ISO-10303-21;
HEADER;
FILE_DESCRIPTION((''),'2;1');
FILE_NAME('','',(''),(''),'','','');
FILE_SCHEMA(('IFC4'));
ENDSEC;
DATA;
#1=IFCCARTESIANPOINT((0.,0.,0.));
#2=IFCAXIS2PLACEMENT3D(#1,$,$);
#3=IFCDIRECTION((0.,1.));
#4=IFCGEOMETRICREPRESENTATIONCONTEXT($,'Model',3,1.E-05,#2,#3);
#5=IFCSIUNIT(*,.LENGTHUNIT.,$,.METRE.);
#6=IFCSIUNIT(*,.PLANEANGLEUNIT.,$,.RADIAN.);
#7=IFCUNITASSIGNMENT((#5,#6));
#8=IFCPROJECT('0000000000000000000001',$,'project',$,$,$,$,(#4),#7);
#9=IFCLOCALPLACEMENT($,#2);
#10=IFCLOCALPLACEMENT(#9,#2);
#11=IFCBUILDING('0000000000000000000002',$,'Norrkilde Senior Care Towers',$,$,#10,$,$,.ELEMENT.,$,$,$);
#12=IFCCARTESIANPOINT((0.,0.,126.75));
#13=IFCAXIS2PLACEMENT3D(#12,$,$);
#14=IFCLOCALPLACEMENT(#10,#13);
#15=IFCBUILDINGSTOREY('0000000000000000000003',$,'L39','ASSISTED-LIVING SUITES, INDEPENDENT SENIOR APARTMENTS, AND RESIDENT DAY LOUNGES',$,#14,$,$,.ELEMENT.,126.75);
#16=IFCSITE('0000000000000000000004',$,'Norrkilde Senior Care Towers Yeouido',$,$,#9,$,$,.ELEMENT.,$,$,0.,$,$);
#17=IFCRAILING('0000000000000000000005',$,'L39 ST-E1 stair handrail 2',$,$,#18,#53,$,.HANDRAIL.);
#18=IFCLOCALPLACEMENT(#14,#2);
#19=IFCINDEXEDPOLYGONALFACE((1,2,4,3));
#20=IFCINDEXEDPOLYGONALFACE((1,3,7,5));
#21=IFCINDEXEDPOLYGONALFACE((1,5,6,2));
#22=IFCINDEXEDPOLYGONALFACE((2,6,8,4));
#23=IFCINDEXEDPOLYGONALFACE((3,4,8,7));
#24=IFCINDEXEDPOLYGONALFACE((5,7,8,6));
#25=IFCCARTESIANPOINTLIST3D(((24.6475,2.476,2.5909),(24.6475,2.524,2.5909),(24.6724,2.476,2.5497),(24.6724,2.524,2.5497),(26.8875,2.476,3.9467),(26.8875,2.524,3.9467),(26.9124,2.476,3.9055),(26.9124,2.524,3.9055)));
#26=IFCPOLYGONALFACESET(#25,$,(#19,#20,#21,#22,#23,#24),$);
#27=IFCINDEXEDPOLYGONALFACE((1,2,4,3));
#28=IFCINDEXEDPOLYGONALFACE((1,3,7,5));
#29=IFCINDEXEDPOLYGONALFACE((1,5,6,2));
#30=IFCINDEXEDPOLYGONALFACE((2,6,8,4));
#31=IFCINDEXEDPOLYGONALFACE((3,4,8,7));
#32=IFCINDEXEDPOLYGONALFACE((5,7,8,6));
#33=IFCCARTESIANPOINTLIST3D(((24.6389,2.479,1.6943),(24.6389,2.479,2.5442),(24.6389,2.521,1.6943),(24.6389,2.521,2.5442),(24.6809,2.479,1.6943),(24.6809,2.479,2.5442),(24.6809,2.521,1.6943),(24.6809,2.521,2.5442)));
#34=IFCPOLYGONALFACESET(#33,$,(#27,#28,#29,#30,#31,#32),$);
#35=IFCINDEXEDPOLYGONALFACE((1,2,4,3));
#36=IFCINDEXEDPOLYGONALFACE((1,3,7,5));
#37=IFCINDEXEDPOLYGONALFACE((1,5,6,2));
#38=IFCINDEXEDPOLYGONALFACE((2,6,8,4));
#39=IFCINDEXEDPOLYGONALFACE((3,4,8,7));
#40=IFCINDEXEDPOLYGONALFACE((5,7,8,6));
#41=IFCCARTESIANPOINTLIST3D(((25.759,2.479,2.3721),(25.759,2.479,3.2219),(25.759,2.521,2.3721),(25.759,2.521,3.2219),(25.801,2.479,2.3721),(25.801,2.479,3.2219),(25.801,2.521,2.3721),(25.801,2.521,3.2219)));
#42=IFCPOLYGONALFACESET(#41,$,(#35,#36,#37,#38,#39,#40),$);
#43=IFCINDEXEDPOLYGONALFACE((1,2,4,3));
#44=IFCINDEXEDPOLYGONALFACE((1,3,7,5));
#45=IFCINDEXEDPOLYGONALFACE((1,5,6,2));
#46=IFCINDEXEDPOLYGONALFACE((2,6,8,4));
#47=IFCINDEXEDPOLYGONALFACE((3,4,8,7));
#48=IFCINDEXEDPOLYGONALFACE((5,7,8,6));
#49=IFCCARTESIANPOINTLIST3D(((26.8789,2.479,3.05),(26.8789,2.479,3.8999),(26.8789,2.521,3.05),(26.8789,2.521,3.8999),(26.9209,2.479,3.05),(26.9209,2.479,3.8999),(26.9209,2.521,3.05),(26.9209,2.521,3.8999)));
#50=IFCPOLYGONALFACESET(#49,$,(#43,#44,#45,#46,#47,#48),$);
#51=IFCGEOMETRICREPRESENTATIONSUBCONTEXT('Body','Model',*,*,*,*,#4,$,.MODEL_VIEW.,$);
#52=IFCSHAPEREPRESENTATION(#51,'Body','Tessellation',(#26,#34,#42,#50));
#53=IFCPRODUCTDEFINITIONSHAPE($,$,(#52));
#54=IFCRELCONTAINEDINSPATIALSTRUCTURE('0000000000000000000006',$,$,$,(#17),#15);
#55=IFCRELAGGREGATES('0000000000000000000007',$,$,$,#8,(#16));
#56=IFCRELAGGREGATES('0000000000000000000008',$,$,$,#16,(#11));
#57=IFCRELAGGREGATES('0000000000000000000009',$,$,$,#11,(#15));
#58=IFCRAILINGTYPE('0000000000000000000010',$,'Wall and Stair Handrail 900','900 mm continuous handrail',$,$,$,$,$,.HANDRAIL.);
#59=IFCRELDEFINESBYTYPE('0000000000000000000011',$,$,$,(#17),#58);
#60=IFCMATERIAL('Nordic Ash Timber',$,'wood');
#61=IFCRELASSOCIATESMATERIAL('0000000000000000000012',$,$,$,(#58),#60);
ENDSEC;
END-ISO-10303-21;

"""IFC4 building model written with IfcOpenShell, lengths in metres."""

from ifc_helpers import new_model, si_unit, direction, frame, origin, origin_2d, place, context, subcontext, project, spatial, rectangle, extrude, material, type_object, element, save


model = new_model("IFC4")

# Units and contexts
model_context = context("Model", 3, precision=1e-05, world=origin(), true_north=direction((0.0, 1.0)))
body_context = subcontext(model_context, "Body", "Model", "MODEL_VIEW")
ifc_project = project(units=[si_unit("LENGTHUNIT", "METRE"), si_unit("PLANEANGLEUNIT", "RADIAN")], contexts=[model_context])

# Site, building, storey
site_placement = place(None, origin())
site = spatial("IfcSite", under=ifc_project, at=site_placement, Name="Norrkilde Senior Care Towers Yeouido", CompositionType="ELEMENT", RefElevation=0.0)
building_placement = place(site_placement, origin())
building = spatial("IfcBuilding", under=site, at=building_placement, Name="Norrkilde Senior Care Towers", CompositionType="ELEMENT")
storey_placement = place(building_placement, frame((0.0, 0.0, 126.75)))
storey = spatial("IfcBuildingStorey", under=building, at=storey_placement, Name="L39", Description="ASSISTED-LIVING SUITES, INDEPENDENT SENIOR APARTMENTS, AND RESIDENT DAY LOUNGES", CompositionType="ELEMENT", Elevation=126.75)

# Shared definitions
ifc_material_1 = material(Name="Nordic Ash Timber", Category="wood")

# Railing
railing_type_1 = type_object("IfcRailingType", Name="Wall and Stair Handrail 900", Description="900 mm continuous handrail", PredefinedType="HANDRAIL", material=ifc_material_1)
railing_1_placement = place(storey_placement, frame((24.6599, 2.5, 1.6943)))
element("IfcRailing", 1, at=railing_1_placement, inside=storey, type_object=railing_type_1, Name="L39 ST-E1 stair handrail 2", PredefinedType="HANDRAIL", context=body_context, shape_type="SweptSolid", body=[
    extrude(rectangle(XDim=0.0481, YDim=0.0481, at=origin_2d()), frame((0.0, 0.0, 0.876), z_axis=(0.855512, 0.0, 0.517783), x_axis=(0.0, 1.0, 0.0)), (0.0, 0.0, 1.0), 2.6184),
    extrude(rectangle(XDim=0.042, YDim=0.042, at=origin_2d()), origin(), (0.0, 0.0, 1.0), 0.8499),
    extrude(rectangle(XDim=0.042, YDim=0.042, at=origin_2d()), frame((1.1201, 0.0, 0.6777)), (0.0, 0.0, 1.0), 0.8499),
    extrude(rectangle(XDim=0.042, YDim=0.042, at=origin_2d()), frame((2.24, 0.0, 1.3557)), (0.0, 0.0, 1.0), 0.8499),
])

save(model, "model.ifc")
